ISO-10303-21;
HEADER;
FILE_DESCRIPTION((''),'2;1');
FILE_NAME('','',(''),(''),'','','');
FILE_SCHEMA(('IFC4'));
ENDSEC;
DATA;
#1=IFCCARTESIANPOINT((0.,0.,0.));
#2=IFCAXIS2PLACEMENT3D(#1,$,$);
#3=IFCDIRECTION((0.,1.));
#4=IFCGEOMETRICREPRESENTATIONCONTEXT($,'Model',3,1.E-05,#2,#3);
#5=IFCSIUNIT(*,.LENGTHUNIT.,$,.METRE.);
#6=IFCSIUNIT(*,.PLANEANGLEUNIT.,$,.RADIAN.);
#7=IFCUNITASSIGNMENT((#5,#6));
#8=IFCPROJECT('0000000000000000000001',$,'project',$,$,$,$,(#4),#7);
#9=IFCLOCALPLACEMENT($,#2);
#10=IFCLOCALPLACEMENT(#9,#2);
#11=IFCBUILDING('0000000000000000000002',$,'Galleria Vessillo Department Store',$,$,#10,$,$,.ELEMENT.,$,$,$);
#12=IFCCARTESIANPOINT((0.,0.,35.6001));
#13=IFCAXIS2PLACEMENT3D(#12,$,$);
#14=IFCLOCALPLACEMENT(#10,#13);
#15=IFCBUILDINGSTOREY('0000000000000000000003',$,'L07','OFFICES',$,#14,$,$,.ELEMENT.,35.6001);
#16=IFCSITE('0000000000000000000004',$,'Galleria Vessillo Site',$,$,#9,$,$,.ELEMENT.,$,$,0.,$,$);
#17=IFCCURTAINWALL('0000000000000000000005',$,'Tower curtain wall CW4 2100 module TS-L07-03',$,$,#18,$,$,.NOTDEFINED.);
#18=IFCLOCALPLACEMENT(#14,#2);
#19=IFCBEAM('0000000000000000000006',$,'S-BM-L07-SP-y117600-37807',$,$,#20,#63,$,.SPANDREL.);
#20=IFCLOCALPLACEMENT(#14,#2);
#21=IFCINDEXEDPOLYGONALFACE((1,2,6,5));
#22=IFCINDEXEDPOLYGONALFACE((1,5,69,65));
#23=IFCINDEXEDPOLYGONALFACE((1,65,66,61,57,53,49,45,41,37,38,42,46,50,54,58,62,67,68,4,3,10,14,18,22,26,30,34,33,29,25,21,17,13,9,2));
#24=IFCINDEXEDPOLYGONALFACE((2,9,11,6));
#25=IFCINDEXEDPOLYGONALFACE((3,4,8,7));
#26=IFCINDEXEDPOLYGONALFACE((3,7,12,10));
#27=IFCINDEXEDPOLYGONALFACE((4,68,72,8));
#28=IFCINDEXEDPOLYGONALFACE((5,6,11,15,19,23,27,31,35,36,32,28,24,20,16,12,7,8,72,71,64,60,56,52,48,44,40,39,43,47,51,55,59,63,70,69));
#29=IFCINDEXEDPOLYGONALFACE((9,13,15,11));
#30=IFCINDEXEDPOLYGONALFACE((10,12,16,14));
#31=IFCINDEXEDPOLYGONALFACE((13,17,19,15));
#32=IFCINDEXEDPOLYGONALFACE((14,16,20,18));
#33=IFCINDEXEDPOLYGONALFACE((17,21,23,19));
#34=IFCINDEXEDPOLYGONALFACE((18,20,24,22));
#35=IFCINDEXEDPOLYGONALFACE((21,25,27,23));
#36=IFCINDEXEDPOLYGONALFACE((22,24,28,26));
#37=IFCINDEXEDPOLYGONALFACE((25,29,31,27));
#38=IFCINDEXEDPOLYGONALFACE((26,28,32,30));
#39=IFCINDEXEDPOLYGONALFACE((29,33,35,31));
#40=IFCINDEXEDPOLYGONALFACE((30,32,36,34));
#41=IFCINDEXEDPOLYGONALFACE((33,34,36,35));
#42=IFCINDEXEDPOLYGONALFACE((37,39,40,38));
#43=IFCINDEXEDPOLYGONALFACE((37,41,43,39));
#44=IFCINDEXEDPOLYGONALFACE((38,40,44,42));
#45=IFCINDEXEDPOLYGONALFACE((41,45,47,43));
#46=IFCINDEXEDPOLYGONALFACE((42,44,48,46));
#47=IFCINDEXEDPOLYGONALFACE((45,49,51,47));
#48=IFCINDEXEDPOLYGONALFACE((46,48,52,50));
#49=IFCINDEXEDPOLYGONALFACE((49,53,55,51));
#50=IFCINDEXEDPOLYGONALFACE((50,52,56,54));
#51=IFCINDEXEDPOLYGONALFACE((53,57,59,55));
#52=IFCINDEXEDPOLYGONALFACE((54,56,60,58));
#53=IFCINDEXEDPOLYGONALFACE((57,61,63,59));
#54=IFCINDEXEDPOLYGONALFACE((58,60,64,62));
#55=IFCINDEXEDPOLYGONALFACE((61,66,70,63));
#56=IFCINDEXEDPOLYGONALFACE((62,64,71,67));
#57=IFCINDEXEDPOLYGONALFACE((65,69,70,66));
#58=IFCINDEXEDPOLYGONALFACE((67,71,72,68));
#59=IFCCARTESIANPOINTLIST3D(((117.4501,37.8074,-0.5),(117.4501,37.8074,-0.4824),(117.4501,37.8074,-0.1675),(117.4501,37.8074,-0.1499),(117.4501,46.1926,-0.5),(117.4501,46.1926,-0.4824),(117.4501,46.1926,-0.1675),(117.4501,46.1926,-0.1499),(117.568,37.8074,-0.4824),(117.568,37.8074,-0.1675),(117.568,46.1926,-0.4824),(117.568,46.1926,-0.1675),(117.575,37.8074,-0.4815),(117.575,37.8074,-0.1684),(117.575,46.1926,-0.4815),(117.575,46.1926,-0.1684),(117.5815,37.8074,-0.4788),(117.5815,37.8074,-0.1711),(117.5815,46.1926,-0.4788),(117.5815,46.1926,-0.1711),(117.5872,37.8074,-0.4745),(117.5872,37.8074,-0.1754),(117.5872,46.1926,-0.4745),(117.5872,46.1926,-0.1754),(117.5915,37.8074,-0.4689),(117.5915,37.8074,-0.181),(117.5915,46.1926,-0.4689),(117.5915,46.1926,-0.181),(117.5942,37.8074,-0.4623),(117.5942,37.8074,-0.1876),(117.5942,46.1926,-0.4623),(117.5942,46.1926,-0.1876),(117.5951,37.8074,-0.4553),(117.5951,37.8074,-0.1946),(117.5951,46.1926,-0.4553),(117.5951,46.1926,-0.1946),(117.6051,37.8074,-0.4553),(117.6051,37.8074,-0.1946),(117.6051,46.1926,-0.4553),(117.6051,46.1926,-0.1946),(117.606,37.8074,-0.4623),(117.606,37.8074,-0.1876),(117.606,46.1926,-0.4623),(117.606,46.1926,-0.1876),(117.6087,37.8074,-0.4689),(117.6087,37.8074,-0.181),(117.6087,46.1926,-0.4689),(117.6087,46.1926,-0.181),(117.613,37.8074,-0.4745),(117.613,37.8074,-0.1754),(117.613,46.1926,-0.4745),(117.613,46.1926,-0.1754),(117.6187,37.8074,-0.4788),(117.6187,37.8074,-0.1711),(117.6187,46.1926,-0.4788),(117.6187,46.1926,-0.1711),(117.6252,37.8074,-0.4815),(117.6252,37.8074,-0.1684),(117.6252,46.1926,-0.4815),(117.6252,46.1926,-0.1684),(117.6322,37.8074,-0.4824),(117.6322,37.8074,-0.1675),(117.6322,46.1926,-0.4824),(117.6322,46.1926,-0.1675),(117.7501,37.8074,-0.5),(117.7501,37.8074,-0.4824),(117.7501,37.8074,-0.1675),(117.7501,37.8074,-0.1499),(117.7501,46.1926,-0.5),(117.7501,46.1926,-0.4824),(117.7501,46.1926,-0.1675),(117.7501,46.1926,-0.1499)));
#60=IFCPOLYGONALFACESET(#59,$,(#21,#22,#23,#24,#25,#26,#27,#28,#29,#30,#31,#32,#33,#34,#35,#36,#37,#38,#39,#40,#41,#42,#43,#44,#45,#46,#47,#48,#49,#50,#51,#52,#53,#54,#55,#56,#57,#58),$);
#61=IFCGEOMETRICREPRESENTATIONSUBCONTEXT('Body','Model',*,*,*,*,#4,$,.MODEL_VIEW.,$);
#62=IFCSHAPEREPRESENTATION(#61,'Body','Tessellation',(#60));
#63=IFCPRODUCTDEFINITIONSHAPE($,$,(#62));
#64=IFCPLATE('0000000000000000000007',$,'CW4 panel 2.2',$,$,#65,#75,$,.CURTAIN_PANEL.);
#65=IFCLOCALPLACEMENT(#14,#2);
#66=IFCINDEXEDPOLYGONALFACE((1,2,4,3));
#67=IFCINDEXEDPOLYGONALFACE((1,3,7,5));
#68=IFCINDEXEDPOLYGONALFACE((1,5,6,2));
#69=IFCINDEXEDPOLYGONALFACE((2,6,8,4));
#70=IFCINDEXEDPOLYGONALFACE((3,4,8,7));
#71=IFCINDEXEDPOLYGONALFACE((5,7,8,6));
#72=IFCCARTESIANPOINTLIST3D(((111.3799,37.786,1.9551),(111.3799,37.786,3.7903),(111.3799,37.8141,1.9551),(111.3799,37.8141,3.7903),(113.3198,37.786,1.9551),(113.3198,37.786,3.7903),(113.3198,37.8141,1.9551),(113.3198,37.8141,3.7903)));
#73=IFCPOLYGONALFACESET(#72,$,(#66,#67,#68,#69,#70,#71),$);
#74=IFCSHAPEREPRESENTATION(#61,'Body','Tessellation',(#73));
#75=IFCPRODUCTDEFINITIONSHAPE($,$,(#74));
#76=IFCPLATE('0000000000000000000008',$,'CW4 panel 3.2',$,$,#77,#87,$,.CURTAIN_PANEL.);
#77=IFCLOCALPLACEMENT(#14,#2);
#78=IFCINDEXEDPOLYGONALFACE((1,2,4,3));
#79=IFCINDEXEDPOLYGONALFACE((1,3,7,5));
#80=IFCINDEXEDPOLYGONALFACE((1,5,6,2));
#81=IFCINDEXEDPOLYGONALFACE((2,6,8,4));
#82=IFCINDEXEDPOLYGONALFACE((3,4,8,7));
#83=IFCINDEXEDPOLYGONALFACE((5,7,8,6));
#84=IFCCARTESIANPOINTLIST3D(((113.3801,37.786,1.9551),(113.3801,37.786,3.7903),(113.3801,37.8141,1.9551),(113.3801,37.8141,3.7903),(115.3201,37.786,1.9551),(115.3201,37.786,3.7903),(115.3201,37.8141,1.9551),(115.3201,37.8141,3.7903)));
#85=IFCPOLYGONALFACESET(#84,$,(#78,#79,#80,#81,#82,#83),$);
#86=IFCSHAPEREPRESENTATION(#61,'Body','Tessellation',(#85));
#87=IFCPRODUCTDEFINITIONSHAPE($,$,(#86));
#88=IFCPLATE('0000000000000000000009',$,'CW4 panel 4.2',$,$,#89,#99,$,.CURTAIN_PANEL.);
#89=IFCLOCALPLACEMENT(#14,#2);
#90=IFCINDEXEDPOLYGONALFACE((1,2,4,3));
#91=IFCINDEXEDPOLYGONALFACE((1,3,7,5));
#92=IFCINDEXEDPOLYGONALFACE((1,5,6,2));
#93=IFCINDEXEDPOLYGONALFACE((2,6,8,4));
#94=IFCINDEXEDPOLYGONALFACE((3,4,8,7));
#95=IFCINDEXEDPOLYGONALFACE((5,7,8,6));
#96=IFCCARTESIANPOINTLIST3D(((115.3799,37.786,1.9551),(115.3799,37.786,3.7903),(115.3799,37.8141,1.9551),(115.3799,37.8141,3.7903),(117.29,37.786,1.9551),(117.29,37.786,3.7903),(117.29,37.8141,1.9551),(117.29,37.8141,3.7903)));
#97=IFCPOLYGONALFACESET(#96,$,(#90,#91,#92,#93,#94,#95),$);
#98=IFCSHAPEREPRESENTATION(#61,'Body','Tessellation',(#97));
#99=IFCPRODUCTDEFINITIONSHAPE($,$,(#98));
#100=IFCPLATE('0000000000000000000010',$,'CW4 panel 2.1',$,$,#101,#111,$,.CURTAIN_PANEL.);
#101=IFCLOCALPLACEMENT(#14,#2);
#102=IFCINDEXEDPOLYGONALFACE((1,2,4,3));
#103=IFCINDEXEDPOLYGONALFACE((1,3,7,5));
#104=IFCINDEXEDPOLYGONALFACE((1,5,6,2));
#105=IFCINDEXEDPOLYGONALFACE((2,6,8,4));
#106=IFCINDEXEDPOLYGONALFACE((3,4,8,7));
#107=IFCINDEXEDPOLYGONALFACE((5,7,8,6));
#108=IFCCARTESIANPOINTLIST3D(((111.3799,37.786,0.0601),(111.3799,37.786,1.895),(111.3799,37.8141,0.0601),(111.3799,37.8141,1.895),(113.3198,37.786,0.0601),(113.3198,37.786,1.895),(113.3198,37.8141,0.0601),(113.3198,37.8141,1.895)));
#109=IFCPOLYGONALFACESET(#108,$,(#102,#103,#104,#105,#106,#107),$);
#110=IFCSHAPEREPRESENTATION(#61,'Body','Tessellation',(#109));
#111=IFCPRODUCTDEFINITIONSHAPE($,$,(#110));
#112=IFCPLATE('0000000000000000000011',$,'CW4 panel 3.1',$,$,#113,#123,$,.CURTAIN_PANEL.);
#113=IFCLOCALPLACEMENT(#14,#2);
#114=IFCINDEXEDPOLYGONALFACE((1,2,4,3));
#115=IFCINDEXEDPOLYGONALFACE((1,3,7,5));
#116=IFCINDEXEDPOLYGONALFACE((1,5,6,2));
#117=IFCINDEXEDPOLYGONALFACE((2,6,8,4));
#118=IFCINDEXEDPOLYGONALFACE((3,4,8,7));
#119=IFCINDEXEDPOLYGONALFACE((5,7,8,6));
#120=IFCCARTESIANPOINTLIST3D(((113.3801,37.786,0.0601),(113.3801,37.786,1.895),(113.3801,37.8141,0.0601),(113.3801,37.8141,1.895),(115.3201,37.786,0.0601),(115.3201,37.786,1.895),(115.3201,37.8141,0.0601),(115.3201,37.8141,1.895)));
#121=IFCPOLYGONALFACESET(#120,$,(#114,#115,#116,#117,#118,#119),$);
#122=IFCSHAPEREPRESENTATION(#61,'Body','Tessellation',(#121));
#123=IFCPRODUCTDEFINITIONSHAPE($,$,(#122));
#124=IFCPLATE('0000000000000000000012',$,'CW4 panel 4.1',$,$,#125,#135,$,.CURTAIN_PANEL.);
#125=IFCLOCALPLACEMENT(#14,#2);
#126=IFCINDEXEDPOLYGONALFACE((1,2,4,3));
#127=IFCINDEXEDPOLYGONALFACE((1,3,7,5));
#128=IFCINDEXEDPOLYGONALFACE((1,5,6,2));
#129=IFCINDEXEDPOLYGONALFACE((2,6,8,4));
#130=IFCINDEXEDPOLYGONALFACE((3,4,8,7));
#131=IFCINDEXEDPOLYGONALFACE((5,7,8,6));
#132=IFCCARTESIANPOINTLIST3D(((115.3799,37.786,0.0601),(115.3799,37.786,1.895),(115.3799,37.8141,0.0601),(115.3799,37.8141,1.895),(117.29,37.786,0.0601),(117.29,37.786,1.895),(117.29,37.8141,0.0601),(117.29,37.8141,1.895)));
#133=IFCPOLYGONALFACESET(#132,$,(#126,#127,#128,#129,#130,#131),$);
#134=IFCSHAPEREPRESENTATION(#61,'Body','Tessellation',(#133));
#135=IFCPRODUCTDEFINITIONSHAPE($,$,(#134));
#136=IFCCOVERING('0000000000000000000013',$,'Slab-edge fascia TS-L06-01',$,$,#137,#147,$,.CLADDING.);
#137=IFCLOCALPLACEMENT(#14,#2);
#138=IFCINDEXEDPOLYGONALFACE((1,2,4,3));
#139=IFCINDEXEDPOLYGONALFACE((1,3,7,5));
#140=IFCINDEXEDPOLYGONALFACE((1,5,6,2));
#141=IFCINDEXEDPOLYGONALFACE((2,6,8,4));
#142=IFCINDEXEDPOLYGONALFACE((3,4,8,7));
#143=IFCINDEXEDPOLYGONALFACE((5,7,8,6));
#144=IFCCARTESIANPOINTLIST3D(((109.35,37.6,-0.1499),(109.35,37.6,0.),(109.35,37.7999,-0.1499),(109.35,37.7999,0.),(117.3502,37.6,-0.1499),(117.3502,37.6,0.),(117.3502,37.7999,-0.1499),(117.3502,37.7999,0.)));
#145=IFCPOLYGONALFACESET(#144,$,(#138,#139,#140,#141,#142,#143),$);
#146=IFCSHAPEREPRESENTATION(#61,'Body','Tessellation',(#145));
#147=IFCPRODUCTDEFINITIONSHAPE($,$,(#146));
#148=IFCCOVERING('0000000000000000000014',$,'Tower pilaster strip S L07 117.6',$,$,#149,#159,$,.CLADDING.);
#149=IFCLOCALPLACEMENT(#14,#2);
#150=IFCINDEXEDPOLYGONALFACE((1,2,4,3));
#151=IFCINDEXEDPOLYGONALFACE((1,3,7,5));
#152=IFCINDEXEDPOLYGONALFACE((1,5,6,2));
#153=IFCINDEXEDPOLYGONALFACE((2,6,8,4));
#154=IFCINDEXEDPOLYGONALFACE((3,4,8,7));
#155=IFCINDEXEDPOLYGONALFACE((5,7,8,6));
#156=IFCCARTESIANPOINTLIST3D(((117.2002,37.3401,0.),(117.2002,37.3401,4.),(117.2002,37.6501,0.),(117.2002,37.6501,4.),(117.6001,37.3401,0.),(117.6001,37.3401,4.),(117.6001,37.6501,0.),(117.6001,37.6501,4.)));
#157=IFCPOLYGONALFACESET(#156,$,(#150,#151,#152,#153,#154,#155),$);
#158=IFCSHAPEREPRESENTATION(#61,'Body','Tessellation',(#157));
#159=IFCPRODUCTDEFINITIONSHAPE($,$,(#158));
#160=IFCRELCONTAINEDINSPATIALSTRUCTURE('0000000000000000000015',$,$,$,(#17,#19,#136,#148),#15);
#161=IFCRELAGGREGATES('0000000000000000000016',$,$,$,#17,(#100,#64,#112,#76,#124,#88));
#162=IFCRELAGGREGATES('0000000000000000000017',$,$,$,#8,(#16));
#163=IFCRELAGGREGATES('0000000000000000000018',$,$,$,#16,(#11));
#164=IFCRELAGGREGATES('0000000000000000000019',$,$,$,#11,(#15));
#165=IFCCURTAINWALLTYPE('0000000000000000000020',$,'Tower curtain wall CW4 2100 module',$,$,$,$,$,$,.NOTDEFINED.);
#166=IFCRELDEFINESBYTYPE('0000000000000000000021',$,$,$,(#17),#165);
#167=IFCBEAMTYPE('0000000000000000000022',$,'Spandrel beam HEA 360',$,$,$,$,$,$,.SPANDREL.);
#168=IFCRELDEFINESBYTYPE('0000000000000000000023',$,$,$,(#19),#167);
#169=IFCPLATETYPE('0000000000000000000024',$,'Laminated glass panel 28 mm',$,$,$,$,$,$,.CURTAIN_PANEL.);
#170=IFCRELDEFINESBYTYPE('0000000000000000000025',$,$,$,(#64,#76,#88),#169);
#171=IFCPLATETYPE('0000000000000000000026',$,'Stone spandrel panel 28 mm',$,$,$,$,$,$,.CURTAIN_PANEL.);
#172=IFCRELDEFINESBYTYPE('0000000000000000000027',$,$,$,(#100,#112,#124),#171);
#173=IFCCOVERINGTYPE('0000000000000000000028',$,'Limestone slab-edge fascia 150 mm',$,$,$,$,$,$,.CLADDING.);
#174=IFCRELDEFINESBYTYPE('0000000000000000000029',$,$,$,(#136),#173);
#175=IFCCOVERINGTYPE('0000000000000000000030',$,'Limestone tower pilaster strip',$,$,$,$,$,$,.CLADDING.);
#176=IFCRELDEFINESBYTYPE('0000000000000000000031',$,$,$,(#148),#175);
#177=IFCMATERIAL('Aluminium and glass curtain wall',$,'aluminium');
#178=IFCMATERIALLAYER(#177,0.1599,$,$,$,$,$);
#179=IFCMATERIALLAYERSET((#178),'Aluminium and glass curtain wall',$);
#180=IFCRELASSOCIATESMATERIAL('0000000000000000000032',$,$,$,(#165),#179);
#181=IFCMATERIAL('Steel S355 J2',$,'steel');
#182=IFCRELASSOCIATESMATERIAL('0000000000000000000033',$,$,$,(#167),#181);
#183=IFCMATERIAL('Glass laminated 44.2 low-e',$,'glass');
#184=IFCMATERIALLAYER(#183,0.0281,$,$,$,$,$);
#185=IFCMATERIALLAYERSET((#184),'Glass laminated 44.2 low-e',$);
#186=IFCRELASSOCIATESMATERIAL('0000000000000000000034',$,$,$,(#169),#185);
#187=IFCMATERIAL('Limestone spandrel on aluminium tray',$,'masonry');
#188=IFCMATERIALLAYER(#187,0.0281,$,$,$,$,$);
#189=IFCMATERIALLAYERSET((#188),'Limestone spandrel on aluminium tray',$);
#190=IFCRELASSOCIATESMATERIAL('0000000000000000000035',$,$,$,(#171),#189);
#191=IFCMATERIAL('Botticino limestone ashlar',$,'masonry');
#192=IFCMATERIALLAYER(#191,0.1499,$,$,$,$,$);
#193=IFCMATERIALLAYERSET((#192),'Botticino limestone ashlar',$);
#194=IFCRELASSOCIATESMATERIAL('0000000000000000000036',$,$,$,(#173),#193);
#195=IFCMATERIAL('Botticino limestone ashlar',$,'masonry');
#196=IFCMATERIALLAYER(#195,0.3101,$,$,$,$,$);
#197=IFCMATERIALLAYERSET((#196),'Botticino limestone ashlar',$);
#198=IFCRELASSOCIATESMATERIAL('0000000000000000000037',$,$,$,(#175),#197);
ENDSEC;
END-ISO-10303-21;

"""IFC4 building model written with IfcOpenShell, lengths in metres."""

from ifc_helpers import new_model, si_unit, direction, frame, origin, origin_2d, place, context, subcontext, project, spatial, rectangle, i_section, extrude, material, layer, layer_set, material_profile, profile_set, type_object, element, aggregate, save


model = new_model("IFC4")

# Units and contexts
model_context = context("Model", 3, precision=1e-05, world=origin(), true_north=direction((0.0, 1.0)))
body_context = subcontext(model_context, "Body", "Model", "MODEL_VIEW")
ifc_project = project(units=[si_unit("LENGTHUNIT", "METRE"), si_unit("PLANEANGLEUNIT", "RADIAN")], contexts=[model_context])

# Site, building, storey
site_placement = place(None, origin())
site = spatial("IfcSite", under=ifc_project, at=site_placement, Name="Galleria Vessillo Site", CompositionType="ELEMENT", RefElevation=0.0)
building_placement = place(site_placement, origin())
building = spatial("IfcBuilding", under=site, at=building_placement, Name="Galleria Vessillo Department Store", CompositionType="ELEMENT")
storey_placement = place(building_placement, frame((0.0, 0.0, 35.6001)))
storey = spatial("IfcBuildingStorey", under=building, at=storey_placement, Name="L07", Description="OFFICES", CompositionType="ELEMENT", Elevation=35.6001)

# Curtain wall
ifc_material_1 = material(Name="Aluminium and glass curtain wall", Category="aluminium")
ifc_layer_1 = layer(ifc_material_1, 0.1599)
ifc_layer_set_1 = layer_set([ifc_layer_1], Name="Aluminium and glass curtain wall")
curtain_wall_type = type_object("IfcCurtainWallType", Name="Tower curtain wall CW4 2100 module", PredefinedType="NOTDEFINED", material=ifc_layer_set_1)
curtain_wall_placement = place(storey_placement, origin())
curtain_wall = element("IfcCurtainWall", 1, at=curtain_wall_placement, inside=storey, type_object=curtain_wall_type, Name="Tower curtain wall CW4 2100 module TS-L07-03", PredefinedType="NOTDEFINED")

# Beam
ifc_material_2 = material(Name="Steel S355 J2", Category="steel")
ifc_material_profile_1 = material_profile(ifc_material_2, i_section(OverallWidth=0.3, OverallDepth=0.3501, WebThickness=0.01, FlangeThickness=0.0176, FilletRadius=0.0271, at=origin_2d()), Name="HEA 360")
ifc_profile_set_1 = profile_set([ifc_material_profile_1], Name="Steel S355 J2")
beam_type = type_object("IfcBeamType", Name="Spandrel beam HEA 360", PredefinedType="SPANDREL", material=ifc_profile_set_1)
beam_placement = place(storey_placement, frame((117.6001, 37.8074, -0.325), z_axis=(0.0, 1.0, 0.0), x_axis=(-1.0, 0.0, 0.0)))
element("IfcBeam", 2, at=beam_placement, inside=storey, type_object=beam_type, Name="S-BM-L07-SP-y117600-37807", PredefinedType="SPANDREL", context=body_context, shape_type="SweptSolid", body=[
    extrude(i_section(OverallWidth=0.3, OverallDepth=0.3501, WebThickness=0.01, FlangeThickness=0.0176, FilletRadius=0.0271, at=origin_2d()), origin(), (0.0, 0.0, 1.0), 8.3853),
])

# Plates
ifc_material_3 = material(Name="Glass laminated 44.2 low-e", Category="glass")
ifc_layer_2 = layer(ifc_material_3, 0.0281)
ifc_layer_set_2 = layer_set([ifc_layer_2], Name="Glass laminated 44.2 low-e")
plate_type_1 = type_object("IfcPlateType", Name="Laminated glass panel 28 mm", PredefinedType="CURTAIN_PANEL", material=ifc_layer_set_2)
plate_1_placement = place(storey_placement, frame((112.3499, 37.8, 1.9551), z_axis=(0.0, 0.0, 1.0), x_axis=(1.0, 0.0, 0.0)))
plate_1 = element("IfcPlate", 3, at=plate_1_placement, type_object=plate_type_1, Name="CW4 panel 2.2", PredefinedType="CURTAIN_PANEL", context=body_context, shape_type="SweptSolid", body=[
    extrude(rectangle(XDim=1.9399, YDim=0.0281, at=origin_2d()), origin(), (0.0, 0.0, 1.0), 1.8352),
])
plate_2_placement = place(storey_placement, frame((114.3501, 37.8, 1.9551), z_axis=(0.0, 0.0, 1.0), x_axis=(1.0, 0.0, 0.0)))
plate_2 = element("IfcPlate", 4, at=plate_2_placement, type_object=plate_type_1, Name="CW4 panel 3.2", PredefinedType="CURTAIN_PANEL", context=body_context, shape_type="SweptSolid", body=[
    extrude(rectangle(XDim=1.9399, YDim=0.0281, at=origin_2d()), origin(), (0.0, 0.0, 1.0), 1.8352),
])
plate_3_placement = place(storey_placement, frame((116.335, 37.8, 1.9551), z_axis=(0.0, 0.0, 1.0), x_axis=(1.0, 0.0, 0.0)))
plate_3 = element("IfcPlate", 5, at=plate_3_placement, type_object=plate_type_1, Name="CW4 panel 4.2", PredefinedType="CURTAIN_PANEL", context=body_context, shape_type="SweptSolid", body=[
    extrude(rectangle(XDim=1.9102, YDim=0.0281, at=origin_2d()), origin(), (0.0, 0.0, 1.0), 1.8352),
])
ifc_material_4 = material(Name="Limestone spandrel on aluminium tray", Category="masonry")
ifc_layer_3 = layer(ifc_material_4, 0.0281)
ifc_layer_set_3 = layer_set([ifc_layer_3], Name="Limestone spandrel on aluminium tray")
plate_type_2 = type_object("IfcPlateType", Name="Stone spandrel panel 28 mm", PredefinedType="CURTAIN_PANEL", material=ifc_layer_set_3)
plate_4_placement = place(storey_placement, frame((112.3499, 37.8, 0.0601), z_axis=(0.0, 0.0, 1.0), x_axis=(1.0, 0.0, 0.0)))
plate_4 = element("IfcPlate", 6, at=plate_4_placement, type_object=plate_type_2, Name="CW4 panel 2.1", PredefinedType="CURTAIN_PANEL", context=body_context, shape_type="SweptSolid", body=[
    extrude(rectangle(XDim=1.9399, YDim=0.0281, at=origin_2d()), origin(), (0.0, 0.0, 1.0), 1.835),
])
plate_5_placement = place(storey_placement, frame((114.3501, 37.8, 0.0601), z_axis=(0.0, 0.0, 1.0), x_axis=(1.0, 0.0, 0.0)))
plate_5 = element("IfcPlate", 7, at=plate_5_placement, type_object=plate_type_2, Name="CW4 panel 3.1", PredefinedType="CURTAIN_PANEL", context=body_context, shape_type="SweptSolid", body=[
    extrude(rectangle(XDim=1.9399, YDim=0.0281, at=origin_2d()), origin(), (0.0, 0.0, 1.0), 1.835),
])
plate_6_placement = place(storey_placement, frame((116.335, 37.8, 0.0601), z_axis=(0.0, 0.0, 1.0), x_axis=(1.0, 0.0, 0.0)))
plate_6 = element("IfcPlate", 8, at=plate_6_placement, type_object=plate_type_2, Name="CW4 panel 4.1", PredefinedType="CURTAIN_PANEL", context=body_context, shape_type="SweptSolid", body=[
    extrude(rectangle(XDim=1.9102, YDim=0.0281, at=origin_2d()), origin(), (0.0, 0.0, 1.0), 1.835),
])
aggregate(curtain_wall, [plate_4, plate_1, plate_5, plate_2, plate_6, plate_3])

# Coverings
ifc_material_5 = material(Name="Botticino limestone ashlar", Category="masonry")
ifc_layer_4 = layer(ifc_material_5, 0.1499)
ifc_layer_set_4 = layer_set([ifc_layer_4], Name="Botticino limestone ashlar")
covering_type_1 = type_object("IfcCoveringType", Name="Limestone slab-edge fascia 150 mm", PredefinedType="CLADDING", material=ifc_layer_set_4)
covering_1_placement = place(storey_placement, frame((113.3501, 37.7, -0.1499), z_axis=(0.0, 0.0, 1.0), x_axis=(1.0, 0.0, 0.0)))
element("IfcCovering", 9, at=covering_1_placement, inside=storey, type_object=covering_type_1, Name="Slab-edge fascia TS-L06-01", PredefinedType="CLADDING", context=body_context, shape_type="SweptSolid", body=[
    extrude(rectangle(XDim=8.0002, YDim=0.2, at=origin_2d()), origin(), (0.0, 0.0, 1.0), 0.1499),
])
ifc_material_6 = material(Name="Botticino limestone ashlar", Category="masonry")
ifc_layer_5 = layer(ifc_material_6, 0.3101)
ifc_layer_set_5 = layer_set([ifc_layer_5], Name="Botticino limestone ashlar")
covering_type_2 = type_object("IfcCoveringType", Name="Limestone tower pilaster strip", PredefinedType="CLADDING", material=ifc_layer_set_5)
covering_2_placement = place(storey_placement, frame((117.4001, 37.4951, 0.0), z_axis=(0.0, 0.0, 1.0), x_axis=(1.0, 0.0, 0.0)))
element("IfcCovering", 10, at=covering_2_placement, inside=storey, type_object=covering_type_2, Name="Tower pilaster strip S L07 117.6", PredefinedType="CLADDING", context=body_context, shape_type="SweptSolid", body=[
    extrude(rectangle(XDim=0.3999, YDim=0.3101, at=origin_2d()), origin(), (0.0, 0.0, 1.0), 4.0),
])

save(model, "model.ifc")
